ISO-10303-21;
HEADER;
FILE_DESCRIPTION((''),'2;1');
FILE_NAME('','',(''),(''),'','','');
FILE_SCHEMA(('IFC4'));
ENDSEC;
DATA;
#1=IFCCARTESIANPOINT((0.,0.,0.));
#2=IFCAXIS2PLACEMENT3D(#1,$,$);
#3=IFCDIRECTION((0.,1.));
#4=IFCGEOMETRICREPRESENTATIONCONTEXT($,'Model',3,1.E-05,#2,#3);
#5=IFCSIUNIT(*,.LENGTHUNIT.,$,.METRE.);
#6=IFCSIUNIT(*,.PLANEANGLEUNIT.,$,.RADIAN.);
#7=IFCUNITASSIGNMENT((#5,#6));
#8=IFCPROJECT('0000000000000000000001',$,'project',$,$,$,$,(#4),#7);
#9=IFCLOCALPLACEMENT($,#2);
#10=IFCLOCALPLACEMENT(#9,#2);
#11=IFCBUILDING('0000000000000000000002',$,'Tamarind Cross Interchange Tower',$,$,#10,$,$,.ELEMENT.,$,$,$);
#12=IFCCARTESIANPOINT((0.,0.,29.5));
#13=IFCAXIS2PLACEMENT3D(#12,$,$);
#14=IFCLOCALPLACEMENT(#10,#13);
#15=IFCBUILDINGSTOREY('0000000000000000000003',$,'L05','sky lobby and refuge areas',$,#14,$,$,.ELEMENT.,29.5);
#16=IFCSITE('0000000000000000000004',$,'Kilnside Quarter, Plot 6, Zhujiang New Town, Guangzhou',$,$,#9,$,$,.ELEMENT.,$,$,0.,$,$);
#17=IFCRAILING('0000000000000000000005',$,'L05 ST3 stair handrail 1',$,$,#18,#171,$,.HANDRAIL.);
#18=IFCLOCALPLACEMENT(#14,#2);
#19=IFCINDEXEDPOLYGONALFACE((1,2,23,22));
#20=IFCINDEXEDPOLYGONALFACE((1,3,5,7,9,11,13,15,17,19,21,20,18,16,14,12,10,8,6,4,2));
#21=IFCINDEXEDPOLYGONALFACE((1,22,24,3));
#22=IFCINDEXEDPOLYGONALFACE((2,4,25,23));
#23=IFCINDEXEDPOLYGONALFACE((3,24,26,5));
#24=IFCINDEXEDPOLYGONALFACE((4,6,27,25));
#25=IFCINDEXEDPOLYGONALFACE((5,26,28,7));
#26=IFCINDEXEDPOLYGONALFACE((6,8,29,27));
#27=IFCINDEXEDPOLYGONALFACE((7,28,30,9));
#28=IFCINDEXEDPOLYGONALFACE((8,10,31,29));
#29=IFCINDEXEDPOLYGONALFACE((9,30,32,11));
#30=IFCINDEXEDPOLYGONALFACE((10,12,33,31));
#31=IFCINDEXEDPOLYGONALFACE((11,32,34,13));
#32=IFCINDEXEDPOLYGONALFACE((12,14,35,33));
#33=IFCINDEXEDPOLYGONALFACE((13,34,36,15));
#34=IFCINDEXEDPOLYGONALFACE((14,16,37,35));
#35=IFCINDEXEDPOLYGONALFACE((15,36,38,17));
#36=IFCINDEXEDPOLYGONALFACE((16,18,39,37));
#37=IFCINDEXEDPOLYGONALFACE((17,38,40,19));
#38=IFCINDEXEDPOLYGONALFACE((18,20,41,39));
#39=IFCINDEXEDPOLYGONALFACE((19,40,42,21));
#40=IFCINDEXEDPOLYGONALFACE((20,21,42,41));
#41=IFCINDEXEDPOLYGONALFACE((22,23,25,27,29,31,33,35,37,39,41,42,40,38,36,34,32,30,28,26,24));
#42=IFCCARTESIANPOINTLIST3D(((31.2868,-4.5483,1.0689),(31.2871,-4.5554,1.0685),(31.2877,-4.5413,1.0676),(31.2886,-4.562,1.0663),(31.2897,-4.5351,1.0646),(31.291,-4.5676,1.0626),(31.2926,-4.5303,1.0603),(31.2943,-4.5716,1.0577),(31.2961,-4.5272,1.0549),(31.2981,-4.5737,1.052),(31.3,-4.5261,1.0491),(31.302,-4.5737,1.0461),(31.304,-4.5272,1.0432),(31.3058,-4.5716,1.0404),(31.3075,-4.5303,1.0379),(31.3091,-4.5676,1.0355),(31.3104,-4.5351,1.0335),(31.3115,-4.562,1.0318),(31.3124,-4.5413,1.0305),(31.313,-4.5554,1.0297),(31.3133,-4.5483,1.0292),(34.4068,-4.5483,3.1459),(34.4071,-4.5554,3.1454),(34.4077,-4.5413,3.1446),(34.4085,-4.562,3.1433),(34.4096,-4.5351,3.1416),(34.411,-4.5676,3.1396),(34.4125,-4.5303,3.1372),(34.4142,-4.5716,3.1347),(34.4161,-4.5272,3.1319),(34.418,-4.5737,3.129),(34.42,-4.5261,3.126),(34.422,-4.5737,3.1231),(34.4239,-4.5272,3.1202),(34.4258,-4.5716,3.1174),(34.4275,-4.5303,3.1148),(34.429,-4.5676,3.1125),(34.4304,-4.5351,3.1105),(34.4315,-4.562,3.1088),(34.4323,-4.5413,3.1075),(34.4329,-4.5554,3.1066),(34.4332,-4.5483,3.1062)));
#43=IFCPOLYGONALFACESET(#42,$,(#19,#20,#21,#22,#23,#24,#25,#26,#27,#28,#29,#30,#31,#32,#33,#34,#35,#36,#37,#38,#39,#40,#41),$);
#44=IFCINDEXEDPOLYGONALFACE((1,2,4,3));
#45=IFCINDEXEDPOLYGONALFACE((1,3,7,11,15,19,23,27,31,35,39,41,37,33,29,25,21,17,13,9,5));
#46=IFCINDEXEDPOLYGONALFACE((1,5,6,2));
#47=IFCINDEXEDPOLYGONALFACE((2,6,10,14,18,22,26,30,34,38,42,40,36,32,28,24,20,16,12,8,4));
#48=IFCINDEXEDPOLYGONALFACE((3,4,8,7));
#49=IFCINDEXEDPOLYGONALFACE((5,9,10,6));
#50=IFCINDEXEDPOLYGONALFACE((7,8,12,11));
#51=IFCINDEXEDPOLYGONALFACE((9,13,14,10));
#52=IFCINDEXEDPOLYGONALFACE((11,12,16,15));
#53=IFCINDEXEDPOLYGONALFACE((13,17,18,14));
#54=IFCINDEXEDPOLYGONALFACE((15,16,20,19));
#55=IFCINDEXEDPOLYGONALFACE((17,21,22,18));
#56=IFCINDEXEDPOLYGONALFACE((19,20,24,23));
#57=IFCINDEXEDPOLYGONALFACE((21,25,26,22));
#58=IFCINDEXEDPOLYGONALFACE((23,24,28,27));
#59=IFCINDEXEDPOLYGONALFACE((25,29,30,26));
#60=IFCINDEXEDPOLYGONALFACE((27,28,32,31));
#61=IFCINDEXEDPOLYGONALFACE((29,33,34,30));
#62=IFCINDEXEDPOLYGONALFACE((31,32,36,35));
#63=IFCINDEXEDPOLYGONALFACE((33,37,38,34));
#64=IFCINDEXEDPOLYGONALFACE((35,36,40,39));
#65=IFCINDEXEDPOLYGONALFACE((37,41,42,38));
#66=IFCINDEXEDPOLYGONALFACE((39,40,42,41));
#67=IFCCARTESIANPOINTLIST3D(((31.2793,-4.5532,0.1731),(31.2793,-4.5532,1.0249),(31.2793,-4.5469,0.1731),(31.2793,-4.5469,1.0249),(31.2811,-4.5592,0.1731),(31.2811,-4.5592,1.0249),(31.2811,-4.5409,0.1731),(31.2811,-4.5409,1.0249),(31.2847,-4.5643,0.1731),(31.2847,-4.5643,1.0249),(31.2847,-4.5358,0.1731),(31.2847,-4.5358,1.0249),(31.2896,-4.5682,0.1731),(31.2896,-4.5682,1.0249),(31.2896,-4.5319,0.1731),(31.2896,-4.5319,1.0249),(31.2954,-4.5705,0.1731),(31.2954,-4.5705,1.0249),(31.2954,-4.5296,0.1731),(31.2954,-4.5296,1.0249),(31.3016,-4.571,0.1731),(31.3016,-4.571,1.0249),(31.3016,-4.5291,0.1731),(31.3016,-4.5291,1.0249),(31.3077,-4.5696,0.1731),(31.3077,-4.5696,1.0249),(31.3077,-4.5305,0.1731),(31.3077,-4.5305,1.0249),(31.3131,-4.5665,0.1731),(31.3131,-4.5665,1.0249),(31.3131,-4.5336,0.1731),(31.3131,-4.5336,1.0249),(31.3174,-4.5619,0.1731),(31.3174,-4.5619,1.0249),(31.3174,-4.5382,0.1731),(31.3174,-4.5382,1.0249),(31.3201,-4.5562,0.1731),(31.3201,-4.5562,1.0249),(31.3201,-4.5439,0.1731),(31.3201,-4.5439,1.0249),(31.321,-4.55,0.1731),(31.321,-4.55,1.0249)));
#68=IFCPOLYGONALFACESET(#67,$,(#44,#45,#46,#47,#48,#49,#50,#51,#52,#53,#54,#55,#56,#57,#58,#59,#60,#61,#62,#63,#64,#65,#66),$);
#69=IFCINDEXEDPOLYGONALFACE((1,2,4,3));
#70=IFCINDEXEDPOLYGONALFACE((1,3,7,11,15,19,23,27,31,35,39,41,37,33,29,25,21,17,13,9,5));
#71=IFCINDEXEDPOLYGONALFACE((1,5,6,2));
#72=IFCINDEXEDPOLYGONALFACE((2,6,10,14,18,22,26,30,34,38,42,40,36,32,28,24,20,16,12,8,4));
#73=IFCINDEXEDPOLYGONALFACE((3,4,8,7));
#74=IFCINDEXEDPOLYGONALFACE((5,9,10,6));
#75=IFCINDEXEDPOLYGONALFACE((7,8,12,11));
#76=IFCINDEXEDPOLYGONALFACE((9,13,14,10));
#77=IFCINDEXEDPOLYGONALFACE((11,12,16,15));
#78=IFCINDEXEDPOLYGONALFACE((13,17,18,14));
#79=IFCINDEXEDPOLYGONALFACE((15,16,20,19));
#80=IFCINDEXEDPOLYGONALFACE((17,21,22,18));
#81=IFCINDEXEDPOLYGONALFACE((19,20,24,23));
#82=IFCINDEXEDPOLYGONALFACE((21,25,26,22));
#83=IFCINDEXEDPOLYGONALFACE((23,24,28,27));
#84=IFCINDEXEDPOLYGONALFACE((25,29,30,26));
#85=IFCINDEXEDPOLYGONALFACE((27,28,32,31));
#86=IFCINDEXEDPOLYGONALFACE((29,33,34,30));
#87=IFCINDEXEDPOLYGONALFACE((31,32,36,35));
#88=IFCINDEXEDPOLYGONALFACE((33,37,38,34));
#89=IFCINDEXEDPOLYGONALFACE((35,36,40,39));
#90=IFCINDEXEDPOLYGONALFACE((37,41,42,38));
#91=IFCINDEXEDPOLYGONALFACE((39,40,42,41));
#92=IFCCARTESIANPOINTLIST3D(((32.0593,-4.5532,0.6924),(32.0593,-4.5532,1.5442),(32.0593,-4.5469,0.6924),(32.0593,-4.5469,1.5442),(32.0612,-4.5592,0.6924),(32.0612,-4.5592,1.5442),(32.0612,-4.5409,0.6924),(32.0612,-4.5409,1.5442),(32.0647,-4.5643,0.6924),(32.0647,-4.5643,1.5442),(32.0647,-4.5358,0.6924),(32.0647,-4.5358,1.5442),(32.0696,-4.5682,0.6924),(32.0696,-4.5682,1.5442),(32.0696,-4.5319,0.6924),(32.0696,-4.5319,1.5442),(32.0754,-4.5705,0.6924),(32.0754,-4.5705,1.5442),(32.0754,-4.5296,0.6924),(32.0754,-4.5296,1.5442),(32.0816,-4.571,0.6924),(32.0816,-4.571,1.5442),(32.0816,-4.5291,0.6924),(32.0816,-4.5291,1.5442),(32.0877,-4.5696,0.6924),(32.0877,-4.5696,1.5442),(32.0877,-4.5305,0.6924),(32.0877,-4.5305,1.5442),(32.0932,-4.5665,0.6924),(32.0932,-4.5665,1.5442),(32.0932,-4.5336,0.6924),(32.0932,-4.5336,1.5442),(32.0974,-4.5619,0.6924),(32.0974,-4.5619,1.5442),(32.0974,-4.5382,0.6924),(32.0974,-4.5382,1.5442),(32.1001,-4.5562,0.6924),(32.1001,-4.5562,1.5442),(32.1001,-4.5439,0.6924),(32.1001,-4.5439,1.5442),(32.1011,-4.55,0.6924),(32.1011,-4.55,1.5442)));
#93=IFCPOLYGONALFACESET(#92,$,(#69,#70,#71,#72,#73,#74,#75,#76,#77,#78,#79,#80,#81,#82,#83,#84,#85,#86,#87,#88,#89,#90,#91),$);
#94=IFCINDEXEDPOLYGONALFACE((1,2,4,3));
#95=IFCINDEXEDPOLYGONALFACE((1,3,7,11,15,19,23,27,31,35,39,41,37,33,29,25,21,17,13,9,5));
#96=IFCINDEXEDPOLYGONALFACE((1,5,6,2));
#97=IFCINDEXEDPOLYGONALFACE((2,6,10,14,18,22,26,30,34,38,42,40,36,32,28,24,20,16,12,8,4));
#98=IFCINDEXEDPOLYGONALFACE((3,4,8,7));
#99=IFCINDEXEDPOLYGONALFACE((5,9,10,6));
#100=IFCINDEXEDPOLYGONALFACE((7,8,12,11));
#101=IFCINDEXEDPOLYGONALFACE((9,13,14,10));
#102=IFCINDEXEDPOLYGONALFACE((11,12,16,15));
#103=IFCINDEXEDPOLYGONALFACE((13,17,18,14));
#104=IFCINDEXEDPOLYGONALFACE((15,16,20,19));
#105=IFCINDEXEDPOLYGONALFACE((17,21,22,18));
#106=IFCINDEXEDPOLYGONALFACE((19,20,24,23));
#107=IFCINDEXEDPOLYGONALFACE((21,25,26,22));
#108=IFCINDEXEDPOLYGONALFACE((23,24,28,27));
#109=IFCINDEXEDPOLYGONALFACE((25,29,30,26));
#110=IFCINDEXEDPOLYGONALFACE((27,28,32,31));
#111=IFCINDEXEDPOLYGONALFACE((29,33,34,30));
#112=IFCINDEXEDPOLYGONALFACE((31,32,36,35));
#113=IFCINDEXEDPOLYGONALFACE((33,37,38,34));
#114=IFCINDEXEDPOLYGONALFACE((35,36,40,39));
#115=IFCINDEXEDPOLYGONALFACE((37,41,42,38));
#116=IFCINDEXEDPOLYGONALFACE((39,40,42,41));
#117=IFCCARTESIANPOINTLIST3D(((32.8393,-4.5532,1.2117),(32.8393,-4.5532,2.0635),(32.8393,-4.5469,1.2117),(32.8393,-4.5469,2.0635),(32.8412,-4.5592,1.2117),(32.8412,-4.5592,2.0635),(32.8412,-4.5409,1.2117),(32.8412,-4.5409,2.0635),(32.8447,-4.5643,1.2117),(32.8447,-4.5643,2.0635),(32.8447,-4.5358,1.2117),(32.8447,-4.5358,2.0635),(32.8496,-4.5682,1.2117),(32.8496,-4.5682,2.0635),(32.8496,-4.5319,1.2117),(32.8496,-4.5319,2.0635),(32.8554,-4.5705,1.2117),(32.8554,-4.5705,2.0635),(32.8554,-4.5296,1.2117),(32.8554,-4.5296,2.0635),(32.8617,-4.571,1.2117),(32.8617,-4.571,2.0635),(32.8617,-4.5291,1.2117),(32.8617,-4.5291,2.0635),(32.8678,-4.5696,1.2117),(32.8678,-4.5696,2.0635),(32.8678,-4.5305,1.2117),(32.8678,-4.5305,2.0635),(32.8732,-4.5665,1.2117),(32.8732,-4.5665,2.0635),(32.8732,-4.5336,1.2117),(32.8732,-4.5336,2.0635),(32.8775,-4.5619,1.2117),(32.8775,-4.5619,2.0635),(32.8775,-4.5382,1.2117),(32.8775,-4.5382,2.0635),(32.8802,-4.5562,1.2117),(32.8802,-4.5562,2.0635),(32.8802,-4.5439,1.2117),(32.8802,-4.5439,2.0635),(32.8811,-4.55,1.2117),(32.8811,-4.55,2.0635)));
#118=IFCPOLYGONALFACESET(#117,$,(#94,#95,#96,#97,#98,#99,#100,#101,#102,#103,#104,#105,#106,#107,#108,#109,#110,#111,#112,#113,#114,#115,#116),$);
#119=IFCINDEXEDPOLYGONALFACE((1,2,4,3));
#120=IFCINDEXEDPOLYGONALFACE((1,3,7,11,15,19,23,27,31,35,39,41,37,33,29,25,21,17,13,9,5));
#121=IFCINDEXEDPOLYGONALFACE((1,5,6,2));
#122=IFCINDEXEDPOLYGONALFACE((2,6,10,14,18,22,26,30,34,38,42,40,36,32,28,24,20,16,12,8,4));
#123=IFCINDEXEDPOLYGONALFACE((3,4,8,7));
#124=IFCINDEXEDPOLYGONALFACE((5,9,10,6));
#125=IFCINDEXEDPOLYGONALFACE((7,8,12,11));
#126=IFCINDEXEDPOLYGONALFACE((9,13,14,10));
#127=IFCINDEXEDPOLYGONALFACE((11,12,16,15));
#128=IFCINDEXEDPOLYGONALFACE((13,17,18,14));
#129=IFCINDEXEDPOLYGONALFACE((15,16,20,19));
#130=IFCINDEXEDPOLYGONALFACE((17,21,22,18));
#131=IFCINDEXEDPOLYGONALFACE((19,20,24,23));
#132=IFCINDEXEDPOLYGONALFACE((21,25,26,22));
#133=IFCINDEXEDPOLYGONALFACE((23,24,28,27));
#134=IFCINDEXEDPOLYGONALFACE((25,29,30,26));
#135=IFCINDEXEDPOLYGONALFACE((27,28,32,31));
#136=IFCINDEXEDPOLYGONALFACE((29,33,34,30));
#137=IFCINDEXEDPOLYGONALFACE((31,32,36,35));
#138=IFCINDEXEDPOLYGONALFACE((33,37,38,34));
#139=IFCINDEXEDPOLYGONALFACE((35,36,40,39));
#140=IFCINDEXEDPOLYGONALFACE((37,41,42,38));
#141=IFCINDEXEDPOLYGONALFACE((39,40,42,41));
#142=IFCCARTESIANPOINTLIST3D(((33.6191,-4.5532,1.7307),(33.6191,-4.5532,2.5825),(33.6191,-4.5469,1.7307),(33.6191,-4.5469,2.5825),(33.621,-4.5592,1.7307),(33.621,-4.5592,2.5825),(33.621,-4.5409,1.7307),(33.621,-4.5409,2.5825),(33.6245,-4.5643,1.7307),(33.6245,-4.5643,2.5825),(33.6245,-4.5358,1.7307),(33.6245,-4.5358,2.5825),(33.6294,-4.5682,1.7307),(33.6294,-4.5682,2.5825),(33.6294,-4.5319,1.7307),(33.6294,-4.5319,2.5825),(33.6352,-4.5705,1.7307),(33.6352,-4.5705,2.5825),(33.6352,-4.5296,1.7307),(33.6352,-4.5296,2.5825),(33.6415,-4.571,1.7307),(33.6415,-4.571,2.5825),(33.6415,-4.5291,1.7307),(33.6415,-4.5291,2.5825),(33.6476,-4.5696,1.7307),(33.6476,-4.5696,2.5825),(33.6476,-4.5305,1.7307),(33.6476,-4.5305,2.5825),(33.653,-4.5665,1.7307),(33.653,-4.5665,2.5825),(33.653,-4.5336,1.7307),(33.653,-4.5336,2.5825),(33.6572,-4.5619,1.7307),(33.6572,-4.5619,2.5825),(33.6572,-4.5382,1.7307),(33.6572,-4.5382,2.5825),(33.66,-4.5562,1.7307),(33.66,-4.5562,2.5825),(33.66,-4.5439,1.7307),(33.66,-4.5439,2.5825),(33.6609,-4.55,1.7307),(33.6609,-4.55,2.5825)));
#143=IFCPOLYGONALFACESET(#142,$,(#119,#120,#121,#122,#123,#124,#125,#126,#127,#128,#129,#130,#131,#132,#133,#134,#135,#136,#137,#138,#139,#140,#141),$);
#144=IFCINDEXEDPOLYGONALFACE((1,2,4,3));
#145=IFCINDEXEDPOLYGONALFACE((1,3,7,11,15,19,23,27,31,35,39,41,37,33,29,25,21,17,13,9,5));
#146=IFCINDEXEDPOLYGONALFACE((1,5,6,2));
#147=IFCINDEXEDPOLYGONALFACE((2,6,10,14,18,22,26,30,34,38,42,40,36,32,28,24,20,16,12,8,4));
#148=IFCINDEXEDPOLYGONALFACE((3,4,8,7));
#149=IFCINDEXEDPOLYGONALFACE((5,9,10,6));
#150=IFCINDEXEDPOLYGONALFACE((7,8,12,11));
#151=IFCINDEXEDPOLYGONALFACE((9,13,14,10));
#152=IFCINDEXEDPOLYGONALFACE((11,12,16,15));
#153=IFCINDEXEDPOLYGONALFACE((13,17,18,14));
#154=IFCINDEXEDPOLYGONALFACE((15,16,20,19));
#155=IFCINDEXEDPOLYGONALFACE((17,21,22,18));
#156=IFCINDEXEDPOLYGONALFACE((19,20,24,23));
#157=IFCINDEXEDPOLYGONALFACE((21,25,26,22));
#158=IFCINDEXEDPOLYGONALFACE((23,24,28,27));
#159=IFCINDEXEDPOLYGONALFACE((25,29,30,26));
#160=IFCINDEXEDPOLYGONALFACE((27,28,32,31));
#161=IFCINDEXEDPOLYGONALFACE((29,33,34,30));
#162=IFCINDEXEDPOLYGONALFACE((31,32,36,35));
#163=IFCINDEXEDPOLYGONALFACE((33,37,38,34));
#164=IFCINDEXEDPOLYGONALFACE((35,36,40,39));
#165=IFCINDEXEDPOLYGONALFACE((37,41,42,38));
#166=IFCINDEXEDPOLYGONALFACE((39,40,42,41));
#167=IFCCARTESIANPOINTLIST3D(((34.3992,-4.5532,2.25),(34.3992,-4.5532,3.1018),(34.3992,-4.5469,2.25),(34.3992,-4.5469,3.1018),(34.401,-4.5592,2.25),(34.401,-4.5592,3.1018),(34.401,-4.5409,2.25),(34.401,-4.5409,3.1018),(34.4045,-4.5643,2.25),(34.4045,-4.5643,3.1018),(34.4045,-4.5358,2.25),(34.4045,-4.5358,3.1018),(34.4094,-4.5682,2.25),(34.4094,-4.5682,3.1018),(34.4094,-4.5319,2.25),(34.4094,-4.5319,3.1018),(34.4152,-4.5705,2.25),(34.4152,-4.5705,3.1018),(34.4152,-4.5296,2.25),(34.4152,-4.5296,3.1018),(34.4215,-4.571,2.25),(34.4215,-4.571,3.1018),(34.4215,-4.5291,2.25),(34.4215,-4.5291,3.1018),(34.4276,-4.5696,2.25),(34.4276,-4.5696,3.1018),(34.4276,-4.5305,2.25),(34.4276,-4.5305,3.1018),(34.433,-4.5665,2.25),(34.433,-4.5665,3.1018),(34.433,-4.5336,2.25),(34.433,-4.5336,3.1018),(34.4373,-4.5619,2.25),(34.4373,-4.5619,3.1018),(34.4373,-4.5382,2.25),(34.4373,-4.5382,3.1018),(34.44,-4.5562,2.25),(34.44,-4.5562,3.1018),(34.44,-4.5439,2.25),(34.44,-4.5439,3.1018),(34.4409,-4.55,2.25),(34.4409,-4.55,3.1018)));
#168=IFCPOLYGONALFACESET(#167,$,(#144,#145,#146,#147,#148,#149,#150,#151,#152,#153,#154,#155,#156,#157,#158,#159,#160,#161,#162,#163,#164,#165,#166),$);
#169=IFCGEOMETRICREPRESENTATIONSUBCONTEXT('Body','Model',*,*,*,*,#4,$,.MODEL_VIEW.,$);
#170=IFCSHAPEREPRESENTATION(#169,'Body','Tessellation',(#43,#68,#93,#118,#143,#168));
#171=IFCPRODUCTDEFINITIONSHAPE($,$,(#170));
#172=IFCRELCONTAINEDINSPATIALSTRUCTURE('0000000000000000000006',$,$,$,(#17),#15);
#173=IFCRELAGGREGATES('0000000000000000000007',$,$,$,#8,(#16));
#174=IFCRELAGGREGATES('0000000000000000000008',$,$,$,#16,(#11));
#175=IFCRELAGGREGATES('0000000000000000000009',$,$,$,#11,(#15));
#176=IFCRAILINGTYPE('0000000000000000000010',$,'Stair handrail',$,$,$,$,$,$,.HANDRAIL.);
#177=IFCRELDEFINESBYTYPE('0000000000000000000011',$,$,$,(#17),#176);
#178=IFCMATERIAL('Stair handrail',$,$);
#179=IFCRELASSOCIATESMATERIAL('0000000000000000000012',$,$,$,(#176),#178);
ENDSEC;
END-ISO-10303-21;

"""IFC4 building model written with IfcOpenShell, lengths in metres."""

from ifc_helpers import new_model, si_unit, direction, frame, origin, origin_2d, place, context, subcontext, project, spatial, circle, extrude, material, type_object, element, save


model = new_model("IFC4")

# Units and contexts
model_context = context("Model", 3, precision=1e-05, world=origin(), true_north=direction((0.0, 1.0)))
body_context = subcontext(model_context, "Body", "Model", "MODEL_VIEW")
ifc_project = project(units=[si_unit("LENGTHUNIT", "METRE"), si_unit("PLANEANGLEUNIT", "RADIAN")], contexts=[model_context])

# Site, building, storey
site_placement = place(None, origin())
site = spatial("IfcSite", under=ifc_project, at=site_placement, Name="Kilnside Quarter, Plot 6, Zhujiang New Town, Guangzhou", CompositionType="ELEMENT", RefElevation=0.0)
building_placement = place(site_placement, origin())
building = spatial("IfcBuilding", under=site, at=building_placement, Name="Tamarind Cross Interchange Tower", CompositionType="ELEMENT")
storey_placement = place(building_placement, frame((0.0, 0.0, 29.5)))
storey = spatial("IfcBuildingStorey", under=building, at=storey_placement, Name="L05", Description="sky lobby and refuge areas", CompositionType="ELEMENT", Elevation=29.5)

# Railing
ifc_material_1 = material(Name="Stair handrail")
railing_type_1 = type_object("IfcRailingType", Name="Stair handrail", PredefinedType="HANDRAIL", material=ifc_material_1)
railing_1_placement = place(storey_placement, frame((31.3, -4.55, 0.1731)))
element("IfcRailing", 1, at=railing_1_placement, inside=storey, type_object=railing_type_1, Name="L05 ST3 stair handrail 1", PredefinedType="HANDRAIL", context=body_context, shape_type="SweptSolid", body=[
    extrude(circle(Radius=0.0239, at=origin_2d()), frame((0.0, 0.0, 0.876), z_axis=(0.832421, 0.0, 0.554144), x_axis=(0.0, 1.0, 0.0)), (0.0, 0.0, 1.0), 3.748),
    extrude(circle(Radius=0.021, at=origin_2d()), origin(), (0.0, 0.0, 1.0), 0.8518),
    extrude(circle(Radius=0.021, at=origin_2d()), frame((0.78, 0.0, 0.5193)), (0.0, 0.0, 1.0), 0.8518),
    extrude(circle(Radius=0.021, at=origin_2d()), frame((1.5601, 0.0, 1.0386)), (0.0, 0.0, 1.0), 0.8518),
    extrude(circle(Radius=0.021, at=origin_2d()), frame((2.3398, 0.0, 1.5576)), (0.0, 0.0, 1.0), 0.8518),
    extrude(circle(Radius=0.021, at=origin_2d()), frame((3.1199, 0.0, 2.0769)), (0.0, 0.0, 1.0), 0.8518),
])

save(model, "model.ifc")
